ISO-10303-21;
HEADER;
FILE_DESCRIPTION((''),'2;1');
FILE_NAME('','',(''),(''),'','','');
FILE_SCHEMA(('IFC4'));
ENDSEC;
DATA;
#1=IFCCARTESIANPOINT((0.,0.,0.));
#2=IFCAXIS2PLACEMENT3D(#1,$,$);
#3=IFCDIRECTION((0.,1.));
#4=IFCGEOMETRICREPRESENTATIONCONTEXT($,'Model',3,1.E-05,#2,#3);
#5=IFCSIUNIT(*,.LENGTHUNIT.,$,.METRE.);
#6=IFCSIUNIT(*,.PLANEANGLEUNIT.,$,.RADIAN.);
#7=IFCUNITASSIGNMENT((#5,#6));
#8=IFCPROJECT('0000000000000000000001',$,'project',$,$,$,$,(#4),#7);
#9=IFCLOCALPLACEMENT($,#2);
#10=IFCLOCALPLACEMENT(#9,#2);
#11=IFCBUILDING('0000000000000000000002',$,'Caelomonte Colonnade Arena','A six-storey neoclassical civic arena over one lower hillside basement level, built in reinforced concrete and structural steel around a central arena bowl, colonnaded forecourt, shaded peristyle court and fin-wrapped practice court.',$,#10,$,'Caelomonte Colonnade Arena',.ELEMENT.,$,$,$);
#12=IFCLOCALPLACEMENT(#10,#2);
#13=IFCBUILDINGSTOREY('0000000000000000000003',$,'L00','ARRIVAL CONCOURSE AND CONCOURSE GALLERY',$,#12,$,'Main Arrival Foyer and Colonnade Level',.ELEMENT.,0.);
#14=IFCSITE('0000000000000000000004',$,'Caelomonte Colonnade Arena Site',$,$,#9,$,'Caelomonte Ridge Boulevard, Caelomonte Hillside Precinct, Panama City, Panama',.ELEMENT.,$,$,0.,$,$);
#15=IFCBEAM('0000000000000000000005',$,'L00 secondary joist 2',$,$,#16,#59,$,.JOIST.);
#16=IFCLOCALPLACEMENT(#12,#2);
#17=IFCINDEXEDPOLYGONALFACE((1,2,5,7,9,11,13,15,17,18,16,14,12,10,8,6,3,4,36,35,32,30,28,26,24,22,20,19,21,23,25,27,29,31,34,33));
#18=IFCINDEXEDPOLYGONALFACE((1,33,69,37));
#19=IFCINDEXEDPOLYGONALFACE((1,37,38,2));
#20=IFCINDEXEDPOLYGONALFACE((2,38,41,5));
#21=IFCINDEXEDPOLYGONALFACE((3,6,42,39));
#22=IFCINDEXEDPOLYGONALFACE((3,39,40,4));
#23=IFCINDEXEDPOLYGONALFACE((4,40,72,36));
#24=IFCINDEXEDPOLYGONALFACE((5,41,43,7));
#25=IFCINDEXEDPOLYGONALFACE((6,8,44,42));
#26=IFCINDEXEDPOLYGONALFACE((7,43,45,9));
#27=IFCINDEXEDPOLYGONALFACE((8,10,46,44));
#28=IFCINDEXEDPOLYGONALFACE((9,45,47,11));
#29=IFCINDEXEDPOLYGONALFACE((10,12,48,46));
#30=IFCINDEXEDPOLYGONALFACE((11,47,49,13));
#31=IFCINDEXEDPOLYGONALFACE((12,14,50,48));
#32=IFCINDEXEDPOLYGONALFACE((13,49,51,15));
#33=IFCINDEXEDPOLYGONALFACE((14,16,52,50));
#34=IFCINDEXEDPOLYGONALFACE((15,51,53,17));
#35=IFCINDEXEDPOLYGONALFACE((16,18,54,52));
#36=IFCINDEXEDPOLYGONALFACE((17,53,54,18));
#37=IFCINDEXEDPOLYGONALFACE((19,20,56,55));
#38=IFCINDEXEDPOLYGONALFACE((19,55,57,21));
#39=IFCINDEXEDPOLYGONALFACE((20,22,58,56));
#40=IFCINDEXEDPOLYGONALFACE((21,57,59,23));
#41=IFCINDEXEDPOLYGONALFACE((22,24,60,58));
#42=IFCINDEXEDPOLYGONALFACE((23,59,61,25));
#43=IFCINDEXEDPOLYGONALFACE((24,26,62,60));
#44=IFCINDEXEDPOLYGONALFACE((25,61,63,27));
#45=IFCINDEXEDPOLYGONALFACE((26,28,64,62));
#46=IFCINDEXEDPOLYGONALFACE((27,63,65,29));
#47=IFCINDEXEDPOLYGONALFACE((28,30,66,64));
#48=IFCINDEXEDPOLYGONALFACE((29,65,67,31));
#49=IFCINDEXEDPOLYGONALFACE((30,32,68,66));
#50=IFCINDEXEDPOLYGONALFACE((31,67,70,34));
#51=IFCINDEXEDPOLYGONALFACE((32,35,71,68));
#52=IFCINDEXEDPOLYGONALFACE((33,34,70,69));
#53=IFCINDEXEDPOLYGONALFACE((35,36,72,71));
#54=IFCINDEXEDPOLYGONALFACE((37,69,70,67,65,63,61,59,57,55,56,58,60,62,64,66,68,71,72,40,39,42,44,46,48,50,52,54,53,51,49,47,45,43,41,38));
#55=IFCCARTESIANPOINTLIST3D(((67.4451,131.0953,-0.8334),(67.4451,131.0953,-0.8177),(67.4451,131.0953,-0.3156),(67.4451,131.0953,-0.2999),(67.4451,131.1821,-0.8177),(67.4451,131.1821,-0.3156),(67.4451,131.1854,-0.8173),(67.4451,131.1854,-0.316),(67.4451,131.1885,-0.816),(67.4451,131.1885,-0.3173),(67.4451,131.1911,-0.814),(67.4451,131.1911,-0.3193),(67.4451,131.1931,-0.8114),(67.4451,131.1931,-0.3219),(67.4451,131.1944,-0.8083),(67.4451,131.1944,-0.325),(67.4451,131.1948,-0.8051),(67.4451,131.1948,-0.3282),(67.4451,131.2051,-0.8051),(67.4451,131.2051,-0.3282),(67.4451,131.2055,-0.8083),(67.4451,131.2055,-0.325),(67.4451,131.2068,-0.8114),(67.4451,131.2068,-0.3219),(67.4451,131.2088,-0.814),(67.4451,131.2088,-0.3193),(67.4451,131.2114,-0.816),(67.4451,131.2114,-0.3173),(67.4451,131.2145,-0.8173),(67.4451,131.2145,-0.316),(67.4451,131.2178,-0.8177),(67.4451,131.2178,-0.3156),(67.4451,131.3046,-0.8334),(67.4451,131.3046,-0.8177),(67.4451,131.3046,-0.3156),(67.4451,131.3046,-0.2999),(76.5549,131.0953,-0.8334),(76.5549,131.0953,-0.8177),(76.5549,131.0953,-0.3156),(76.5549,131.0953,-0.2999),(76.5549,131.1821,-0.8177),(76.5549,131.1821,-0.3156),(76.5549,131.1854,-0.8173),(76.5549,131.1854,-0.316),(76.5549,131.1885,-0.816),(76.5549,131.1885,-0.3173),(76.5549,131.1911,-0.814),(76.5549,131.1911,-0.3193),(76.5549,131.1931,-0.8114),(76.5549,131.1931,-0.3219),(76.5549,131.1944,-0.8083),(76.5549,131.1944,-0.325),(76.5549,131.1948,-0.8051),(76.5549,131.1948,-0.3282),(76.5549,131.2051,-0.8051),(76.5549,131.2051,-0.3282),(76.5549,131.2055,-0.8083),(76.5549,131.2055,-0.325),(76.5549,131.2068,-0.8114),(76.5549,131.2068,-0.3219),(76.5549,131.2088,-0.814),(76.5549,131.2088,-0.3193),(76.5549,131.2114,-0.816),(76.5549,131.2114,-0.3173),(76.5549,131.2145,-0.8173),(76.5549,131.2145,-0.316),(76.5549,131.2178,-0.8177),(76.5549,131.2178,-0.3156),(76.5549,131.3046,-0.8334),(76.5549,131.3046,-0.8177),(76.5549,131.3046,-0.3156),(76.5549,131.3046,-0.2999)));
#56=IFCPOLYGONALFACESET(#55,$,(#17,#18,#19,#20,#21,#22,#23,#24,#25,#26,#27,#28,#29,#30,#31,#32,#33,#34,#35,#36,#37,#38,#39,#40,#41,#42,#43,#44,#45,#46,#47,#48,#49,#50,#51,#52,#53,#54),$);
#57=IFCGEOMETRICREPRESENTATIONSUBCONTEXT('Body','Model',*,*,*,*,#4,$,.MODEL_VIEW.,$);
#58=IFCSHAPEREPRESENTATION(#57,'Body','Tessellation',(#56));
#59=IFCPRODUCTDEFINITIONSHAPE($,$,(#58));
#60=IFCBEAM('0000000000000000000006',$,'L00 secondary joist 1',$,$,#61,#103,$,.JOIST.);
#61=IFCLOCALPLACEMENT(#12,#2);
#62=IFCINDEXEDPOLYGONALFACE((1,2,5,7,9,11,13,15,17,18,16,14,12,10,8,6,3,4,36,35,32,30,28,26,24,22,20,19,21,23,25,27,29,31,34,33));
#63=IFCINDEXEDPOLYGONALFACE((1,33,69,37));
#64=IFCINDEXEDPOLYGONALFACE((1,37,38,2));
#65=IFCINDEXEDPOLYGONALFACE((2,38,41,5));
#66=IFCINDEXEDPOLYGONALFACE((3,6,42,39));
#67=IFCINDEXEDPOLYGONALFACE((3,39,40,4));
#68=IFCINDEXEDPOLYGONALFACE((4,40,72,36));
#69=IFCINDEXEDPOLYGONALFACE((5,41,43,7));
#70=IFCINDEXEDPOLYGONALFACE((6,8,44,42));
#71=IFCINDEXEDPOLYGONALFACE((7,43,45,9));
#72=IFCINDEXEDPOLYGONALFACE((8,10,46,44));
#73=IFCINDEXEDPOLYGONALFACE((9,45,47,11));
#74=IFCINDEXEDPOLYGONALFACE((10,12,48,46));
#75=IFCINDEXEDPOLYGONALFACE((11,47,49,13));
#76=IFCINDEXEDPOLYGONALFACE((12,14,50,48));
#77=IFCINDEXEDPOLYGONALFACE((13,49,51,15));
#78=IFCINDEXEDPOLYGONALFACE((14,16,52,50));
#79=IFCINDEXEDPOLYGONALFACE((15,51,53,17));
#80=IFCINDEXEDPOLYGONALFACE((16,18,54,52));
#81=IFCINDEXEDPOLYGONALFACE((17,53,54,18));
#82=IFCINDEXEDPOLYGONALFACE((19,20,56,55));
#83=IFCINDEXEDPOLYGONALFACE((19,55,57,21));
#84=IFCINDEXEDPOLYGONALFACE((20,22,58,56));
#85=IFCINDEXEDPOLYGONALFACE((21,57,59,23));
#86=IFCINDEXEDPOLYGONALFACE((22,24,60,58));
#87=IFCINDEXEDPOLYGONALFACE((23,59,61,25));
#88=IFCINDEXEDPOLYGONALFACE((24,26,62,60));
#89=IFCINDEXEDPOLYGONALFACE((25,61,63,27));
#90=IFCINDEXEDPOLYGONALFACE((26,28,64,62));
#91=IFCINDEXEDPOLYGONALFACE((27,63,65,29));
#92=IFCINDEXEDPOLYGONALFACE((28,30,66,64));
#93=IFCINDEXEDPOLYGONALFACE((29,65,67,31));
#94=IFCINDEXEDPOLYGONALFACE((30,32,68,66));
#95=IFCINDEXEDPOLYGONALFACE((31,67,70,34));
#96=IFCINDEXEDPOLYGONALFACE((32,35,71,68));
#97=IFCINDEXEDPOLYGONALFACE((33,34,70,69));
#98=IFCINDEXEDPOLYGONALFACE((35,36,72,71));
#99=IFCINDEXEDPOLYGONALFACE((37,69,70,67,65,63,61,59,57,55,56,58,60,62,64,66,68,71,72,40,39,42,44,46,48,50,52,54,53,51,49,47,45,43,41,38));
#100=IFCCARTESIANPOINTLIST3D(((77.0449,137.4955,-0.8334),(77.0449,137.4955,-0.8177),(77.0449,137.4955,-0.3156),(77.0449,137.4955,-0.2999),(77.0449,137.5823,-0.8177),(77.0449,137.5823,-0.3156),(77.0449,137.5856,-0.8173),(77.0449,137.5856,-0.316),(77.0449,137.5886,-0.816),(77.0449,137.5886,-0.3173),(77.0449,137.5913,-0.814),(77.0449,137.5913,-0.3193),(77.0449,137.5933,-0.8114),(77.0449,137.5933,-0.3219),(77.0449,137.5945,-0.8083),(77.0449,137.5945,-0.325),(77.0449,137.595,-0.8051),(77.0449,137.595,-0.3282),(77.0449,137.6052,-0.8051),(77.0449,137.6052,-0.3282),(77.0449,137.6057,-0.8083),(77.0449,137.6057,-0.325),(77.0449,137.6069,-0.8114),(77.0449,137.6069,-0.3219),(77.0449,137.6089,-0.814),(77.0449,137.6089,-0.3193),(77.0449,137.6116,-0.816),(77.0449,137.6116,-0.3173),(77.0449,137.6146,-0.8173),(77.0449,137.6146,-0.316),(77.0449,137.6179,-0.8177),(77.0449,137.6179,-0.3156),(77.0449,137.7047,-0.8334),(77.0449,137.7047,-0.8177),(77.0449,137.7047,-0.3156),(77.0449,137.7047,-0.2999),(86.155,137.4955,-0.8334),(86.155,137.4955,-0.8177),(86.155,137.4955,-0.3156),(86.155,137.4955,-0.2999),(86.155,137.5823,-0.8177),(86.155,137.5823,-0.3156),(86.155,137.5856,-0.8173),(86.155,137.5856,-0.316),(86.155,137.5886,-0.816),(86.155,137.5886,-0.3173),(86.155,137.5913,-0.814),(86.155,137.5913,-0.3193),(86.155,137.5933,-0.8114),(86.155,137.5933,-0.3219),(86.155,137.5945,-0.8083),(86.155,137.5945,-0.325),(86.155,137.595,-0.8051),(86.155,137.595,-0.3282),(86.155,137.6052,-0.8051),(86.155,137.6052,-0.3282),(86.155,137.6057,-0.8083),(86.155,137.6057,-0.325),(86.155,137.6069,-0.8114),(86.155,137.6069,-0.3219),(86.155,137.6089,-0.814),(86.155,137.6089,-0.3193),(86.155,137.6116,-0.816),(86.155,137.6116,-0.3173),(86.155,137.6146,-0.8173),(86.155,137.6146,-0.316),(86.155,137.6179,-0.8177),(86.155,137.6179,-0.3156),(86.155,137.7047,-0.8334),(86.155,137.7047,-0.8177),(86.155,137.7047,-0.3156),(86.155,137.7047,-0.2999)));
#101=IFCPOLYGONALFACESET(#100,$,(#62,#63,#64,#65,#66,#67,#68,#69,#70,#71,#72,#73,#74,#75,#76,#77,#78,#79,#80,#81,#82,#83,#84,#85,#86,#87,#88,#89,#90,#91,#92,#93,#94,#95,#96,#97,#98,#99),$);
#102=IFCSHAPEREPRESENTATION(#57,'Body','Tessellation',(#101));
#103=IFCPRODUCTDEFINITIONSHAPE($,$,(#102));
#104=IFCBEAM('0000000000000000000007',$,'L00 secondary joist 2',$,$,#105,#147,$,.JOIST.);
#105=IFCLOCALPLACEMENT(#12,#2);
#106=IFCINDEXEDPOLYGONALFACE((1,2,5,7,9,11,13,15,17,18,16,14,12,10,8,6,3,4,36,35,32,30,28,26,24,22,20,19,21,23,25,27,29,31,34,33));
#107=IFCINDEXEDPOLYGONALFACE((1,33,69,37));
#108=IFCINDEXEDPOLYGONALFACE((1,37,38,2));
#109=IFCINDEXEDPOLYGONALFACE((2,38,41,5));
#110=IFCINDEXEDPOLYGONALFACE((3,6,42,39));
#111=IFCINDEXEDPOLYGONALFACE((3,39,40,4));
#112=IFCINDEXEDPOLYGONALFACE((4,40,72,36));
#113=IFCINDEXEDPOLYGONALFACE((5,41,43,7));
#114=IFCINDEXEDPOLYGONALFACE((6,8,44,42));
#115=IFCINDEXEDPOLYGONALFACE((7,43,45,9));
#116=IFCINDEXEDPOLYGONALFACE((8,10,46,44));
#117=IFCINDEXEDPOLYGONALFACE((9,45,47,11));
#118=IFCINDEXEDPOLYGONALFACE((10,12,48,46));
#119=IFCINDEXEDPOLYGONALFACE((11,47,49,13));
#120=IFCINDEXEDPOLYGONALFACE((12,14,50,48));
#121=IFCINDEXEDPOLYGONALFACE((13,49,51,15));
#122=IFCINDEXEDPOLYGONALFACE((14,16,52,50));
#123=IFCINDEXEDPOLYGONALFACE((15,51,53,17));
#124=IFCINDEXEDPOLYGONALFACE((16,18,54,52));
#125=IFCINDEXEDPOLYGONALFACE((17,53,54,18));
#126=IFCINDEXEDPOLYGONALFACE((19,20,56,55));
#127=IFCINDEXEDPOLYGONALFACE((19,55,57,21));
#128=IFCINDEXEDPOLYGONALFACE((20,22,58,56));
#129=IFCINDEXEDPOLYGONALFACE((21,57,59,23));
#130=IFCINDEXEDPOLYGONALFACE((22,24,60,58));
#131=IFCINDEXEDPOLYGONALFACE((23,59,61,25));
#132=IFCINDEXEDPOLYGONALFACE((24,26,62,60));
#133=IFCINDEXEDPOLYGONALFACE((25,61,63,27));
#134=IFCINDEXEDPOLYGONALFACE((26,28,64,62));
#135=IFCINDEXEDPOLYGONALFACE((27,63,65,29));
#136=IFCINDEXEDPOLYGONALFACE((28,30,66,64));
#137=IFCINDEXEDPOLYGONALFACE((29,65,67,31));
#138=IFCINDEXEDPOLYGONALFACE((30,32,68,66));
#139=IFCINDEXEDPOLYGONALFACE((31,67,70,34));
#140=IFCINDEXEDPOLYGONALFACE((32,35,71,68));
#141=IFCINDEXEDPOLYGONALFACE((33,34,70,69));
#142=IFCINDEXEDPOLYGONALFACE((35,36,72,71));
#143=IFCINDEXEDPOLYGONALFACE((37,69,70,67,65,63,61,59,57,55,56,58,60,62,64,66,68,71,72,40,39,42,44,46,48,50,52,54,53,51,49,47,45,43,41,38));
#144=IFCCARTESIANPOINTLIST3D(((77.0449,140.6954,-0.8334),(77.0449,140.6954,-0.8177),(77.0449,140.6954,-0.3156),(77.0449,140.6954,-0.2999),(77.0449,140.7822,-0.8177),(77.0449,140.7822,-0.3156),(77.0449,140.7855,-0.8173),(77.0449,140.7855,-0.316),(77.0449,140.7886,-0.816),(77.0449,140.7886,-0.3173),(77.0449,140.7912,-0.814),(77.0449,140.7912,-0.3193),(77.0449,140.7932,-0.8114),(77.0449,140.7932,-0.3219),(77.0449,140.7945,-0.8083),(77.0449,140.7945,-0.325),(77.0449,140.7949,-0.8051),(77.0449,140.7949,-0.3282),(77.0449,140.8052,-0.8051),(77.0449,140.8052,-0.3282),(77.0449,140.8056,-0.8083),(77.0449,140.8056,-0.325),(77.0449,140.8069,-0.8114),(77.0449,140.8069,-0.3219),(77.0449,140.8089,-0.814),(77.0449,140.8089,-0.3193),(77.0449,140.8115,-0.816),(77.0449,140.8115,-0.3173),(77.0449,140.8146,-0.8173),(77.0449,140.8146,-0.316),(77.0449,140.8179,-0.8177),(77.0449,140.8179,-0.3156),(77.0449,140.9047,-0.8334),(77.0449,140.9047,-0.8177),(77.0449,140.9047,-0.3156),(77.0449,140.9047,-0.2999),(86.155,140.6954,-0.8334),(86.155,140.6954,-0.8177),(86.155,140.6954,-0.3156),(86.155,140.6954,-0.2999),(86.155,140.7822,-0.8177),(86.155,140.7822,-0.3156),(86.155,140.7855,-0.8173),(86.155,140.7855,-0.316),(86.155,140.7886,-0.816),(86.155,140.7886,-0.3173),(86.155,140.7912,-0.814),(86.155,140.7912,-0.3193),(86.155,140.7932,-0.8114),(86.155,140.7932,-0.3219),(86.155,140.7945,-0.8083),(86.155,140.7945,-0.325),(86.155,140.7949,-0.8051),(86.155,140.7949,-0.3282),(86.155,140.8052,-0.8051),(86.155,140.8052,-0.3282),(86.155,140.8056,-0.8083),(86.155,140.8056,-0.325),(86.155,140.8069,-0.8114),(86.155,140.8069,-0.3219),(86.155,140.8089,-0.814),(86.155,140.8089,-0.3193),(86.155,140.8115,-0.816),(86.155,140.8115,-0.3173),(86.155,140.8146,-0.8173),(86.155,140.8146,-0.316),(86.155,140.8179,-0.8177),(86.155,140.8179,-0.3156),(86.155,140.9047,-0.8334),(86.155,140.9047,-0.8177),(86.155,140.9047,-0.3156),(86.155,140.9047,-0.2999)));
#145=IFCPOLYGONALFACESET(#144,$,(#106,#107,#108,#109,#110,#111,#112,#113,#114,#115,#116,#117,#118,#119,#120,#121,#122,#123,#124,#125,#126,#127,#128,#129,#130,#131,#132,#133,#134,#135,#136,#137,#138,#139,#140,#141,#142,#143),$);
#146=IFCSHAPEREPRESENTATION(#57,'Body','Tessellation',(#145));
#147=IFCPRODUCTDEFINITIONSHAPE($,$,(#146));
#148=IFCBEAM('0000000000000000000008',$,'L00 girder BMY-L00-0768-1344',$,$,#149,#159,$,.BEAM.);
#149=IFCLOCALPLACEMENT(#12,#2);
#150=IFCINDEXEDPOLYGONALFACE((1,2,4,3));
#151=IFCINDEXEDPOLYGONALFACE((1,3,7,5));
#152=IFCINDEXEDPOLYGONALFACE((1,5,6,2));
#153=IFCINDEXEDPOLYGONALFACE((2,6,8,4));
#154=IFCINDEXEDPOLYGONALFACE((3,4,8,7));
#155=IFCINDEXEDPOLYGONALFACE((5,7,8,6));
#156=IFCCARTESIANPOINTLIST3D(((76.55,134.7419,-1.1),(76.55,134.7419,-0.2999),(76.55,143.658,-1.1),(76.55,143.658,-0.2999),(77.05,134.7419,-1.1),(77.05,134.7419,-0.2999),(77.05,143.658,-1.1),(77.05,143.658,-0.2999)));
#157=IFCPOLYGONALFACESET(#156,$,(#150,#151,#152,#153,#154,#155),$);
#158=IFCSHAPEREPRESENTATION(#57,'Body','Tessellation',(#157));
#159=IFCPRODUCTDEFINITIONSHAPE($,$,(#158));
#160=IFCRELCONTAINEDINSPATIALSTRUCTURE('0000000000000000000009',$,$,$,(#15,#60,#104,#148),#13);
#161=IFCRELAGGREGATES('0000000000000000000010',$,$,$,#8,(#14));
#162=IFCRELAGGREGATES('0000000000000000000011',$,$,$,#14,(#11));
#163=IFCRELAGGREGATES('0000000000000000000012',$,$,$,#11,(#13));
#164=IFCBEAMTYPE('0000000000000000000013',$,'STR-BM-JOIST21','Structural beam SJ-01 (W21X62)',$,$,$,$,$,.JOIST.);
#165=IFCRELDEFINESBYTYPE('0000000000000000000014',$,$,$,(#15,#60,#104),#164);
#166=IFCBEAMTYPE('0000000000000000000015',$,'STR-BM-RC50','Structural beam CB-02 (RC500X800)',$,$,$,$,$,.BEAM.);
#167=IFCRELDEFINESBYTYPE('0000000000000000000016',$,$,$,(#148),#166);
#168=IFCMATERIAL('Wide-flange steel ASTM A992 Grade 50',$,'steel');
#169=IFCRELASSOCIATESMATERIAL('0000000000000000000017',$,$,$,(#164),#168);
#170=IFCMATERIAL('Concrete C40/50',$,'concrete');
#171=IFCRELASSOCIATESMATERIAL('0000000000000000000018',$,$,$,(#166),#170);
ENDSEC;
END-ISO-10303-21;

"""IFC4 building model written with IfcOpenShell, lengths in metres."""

from ifc_helpers import new_model, si_unit, direction, frame, origin, origin_2d, place, context, subcontext, project, spatial, rectangle, i_section, extrude, material, material_profile, profile_set, type_object, element, save


model = new_model("IFC4")

# Units and contexts
model_context = context("Model", 3, precision=1e-05, world=origin(), true_north=direction((0.0, 1.0)))
body_context = subcontext(model_context, "Body", "Model", "MODEL_VIEW")
ifc_project = project(units=[si_unit("LENGTHUNIT", "METRE"), si_unit("PLANEANGLEUNIT", "RADIAN")], contexts=[model_context])

# Site, building, storey
site_placement = place(None, origin())
site = spatial("IfcSite", under=ifc_project, at=site_placement, Name="Caelomonte Colonnade Arena Site", LongName="Caelomonte Ridge Boulevard, Caelomonte Hillside Precinct, Panama City, Panama", CompositionType="ELEMENT", RefElevation=0.0)
building_placement = place(site_placement, origin())
building = spatial("IfcBuilding", under=site, at=building_placement, Name="Caelomonte Colonnade Arena", Description="A six-storey neoclassical civic arena over one lower hillside basement level, built in reinforced concrete and structural steel around a central arena bowl, colonnaded forecourt, shaded peristyle court and fin-wrapped practice court.", LongName="Caelomonte Colonnade Arena", CompositionType="ELEMENT")
storey_placement = place(building_placement, origin())
storey = spatial("IfcBuildingStorey", under=building, at=storey_placement, Name="L00", Description="ARRIVAL CONCOURSE AND CONCOURSE GALLERY", LongName="Main Arrival Foyer and Colonnade Level", CompositionType="ELEMENT", Elevation=0.0)

# Shared definitions
ifc_material_1 = material(Name="Concrete C40/50", Category="concrete")

# Beams
ifc_material_2 = material(Name="Wide-flange steel ASTM A992 Grade 50", Category="steel")
ifc_material_profile_1 = material_profile(ifc_material_2, i_section(OverallWidth=0.2092, OverallDepth=0.5334, WebThickness=0.0103, FlangeThickness=0.0156, FilletRadius=0.0127, at=origin_2d()), Name="W21X62")
ifc_profile_set_1 = profile_set([ifc_material_profile_1], Name="Wide-flange steel ASTM A992 Grade 50")
beam_type_1 = type_object("IfcBeamType", Name="STR-BM-JOIST21", Description="Structural beam SJ-01 (W21X62)", PredefinedType="JOIST", material=ifc_profile_set_1)
for number, where, z_axis, x_axis, name in (
    (1, (67.4451, 131.2, -0.5667), (1.0, 0.0, 0.0), (0.0, 1.0, 0.0), "L00 secondary joist 2"),
):
    element("IfcBeam", number, at=place(storey_placement, frame(where, z_axis=z_axis, x_axis=x_axis)), inside=storey, type_object=beam_type_1, Name=name, PredefinedType="JOIST", context=body_context, shape_type="SweptSolid", body=[
        extrude(i_section(OverallWidth=0.2092, OverallDepth=0.5334, WebThickness=0.0103, FlangeThickness=0.0156, FilletRadius=0.0127, at=origin_2d()), origin(), (0.0, 0.0, 1.0), 9.1099),
    ])
for number, where, z_axis, x_axis, name in (
    (2, (77.0449, 137.6001, -0.5667), (1.0, 0.0, 0.0), (0.0, 1.0, 0.0), "L00 secondary joist 1"),
    (3, (77.0449, 140.8, -0.5667), (1.0, 0.0, 0.0), (0.0, 1.0, 0.0), "L00 secondary joist 2"),
):
    element("IfcBeam", number, at=place(storey_placement, frame(where, z_axis=z_axis, x_axis=x_axis)), inside=storey, type_object=beam_type_1, Name=name, PredefinedType="JOIST", context=body_context, shape_type="SweptSolid", body=[
        extrude(i_section(OverallWidth=0.2092, OverallDepth=0.5334, WebThickness=0.0103, FlangeThickness=0.0156, FilletRadius=0.0127, at=origin_2d()), origin(), (0.0, 0.0, 1.0), 9.1101),
    ])
ifc_material_profile_2 = material_profile(ifc_material_1, rectangle(XDim=0.5, YDim=0.8, at=origin_2d()), Name="RC500X800")
ifc_profile_set_2 = profile_set([ifc_material_profile_2], Name="Concrete C40/50")
beam_type_2 = type_object("IfcBeamType", Name="STR-BM-RC50", Description="Structural beam CB-02 (RC500X800)", PredefinedType="BEAM", material=ifc_profile_set_2)
beam_placement = place(storey_placement, frame((76.8, 134.7419, -0.7), z_axis=(0.0, 1.0, 0.0), x_axis=(-1.0, 0.0, 0.0)))
element("IfcBeam", 4, at=beam_placement, inside=storey, type_object=beam_type_2, Name="L00 girder BMY-L00-0768-1344", PredefinedType="BEAM", context=body_context, shape_type="SweptSolid", body=[
    extrude(rectangle(XDim=0.5, YDim=0.8, at=origin_2d()), origin(), (0.0, 0.0, 1.0), 8.916),
])

save(model, "model.ifc")
